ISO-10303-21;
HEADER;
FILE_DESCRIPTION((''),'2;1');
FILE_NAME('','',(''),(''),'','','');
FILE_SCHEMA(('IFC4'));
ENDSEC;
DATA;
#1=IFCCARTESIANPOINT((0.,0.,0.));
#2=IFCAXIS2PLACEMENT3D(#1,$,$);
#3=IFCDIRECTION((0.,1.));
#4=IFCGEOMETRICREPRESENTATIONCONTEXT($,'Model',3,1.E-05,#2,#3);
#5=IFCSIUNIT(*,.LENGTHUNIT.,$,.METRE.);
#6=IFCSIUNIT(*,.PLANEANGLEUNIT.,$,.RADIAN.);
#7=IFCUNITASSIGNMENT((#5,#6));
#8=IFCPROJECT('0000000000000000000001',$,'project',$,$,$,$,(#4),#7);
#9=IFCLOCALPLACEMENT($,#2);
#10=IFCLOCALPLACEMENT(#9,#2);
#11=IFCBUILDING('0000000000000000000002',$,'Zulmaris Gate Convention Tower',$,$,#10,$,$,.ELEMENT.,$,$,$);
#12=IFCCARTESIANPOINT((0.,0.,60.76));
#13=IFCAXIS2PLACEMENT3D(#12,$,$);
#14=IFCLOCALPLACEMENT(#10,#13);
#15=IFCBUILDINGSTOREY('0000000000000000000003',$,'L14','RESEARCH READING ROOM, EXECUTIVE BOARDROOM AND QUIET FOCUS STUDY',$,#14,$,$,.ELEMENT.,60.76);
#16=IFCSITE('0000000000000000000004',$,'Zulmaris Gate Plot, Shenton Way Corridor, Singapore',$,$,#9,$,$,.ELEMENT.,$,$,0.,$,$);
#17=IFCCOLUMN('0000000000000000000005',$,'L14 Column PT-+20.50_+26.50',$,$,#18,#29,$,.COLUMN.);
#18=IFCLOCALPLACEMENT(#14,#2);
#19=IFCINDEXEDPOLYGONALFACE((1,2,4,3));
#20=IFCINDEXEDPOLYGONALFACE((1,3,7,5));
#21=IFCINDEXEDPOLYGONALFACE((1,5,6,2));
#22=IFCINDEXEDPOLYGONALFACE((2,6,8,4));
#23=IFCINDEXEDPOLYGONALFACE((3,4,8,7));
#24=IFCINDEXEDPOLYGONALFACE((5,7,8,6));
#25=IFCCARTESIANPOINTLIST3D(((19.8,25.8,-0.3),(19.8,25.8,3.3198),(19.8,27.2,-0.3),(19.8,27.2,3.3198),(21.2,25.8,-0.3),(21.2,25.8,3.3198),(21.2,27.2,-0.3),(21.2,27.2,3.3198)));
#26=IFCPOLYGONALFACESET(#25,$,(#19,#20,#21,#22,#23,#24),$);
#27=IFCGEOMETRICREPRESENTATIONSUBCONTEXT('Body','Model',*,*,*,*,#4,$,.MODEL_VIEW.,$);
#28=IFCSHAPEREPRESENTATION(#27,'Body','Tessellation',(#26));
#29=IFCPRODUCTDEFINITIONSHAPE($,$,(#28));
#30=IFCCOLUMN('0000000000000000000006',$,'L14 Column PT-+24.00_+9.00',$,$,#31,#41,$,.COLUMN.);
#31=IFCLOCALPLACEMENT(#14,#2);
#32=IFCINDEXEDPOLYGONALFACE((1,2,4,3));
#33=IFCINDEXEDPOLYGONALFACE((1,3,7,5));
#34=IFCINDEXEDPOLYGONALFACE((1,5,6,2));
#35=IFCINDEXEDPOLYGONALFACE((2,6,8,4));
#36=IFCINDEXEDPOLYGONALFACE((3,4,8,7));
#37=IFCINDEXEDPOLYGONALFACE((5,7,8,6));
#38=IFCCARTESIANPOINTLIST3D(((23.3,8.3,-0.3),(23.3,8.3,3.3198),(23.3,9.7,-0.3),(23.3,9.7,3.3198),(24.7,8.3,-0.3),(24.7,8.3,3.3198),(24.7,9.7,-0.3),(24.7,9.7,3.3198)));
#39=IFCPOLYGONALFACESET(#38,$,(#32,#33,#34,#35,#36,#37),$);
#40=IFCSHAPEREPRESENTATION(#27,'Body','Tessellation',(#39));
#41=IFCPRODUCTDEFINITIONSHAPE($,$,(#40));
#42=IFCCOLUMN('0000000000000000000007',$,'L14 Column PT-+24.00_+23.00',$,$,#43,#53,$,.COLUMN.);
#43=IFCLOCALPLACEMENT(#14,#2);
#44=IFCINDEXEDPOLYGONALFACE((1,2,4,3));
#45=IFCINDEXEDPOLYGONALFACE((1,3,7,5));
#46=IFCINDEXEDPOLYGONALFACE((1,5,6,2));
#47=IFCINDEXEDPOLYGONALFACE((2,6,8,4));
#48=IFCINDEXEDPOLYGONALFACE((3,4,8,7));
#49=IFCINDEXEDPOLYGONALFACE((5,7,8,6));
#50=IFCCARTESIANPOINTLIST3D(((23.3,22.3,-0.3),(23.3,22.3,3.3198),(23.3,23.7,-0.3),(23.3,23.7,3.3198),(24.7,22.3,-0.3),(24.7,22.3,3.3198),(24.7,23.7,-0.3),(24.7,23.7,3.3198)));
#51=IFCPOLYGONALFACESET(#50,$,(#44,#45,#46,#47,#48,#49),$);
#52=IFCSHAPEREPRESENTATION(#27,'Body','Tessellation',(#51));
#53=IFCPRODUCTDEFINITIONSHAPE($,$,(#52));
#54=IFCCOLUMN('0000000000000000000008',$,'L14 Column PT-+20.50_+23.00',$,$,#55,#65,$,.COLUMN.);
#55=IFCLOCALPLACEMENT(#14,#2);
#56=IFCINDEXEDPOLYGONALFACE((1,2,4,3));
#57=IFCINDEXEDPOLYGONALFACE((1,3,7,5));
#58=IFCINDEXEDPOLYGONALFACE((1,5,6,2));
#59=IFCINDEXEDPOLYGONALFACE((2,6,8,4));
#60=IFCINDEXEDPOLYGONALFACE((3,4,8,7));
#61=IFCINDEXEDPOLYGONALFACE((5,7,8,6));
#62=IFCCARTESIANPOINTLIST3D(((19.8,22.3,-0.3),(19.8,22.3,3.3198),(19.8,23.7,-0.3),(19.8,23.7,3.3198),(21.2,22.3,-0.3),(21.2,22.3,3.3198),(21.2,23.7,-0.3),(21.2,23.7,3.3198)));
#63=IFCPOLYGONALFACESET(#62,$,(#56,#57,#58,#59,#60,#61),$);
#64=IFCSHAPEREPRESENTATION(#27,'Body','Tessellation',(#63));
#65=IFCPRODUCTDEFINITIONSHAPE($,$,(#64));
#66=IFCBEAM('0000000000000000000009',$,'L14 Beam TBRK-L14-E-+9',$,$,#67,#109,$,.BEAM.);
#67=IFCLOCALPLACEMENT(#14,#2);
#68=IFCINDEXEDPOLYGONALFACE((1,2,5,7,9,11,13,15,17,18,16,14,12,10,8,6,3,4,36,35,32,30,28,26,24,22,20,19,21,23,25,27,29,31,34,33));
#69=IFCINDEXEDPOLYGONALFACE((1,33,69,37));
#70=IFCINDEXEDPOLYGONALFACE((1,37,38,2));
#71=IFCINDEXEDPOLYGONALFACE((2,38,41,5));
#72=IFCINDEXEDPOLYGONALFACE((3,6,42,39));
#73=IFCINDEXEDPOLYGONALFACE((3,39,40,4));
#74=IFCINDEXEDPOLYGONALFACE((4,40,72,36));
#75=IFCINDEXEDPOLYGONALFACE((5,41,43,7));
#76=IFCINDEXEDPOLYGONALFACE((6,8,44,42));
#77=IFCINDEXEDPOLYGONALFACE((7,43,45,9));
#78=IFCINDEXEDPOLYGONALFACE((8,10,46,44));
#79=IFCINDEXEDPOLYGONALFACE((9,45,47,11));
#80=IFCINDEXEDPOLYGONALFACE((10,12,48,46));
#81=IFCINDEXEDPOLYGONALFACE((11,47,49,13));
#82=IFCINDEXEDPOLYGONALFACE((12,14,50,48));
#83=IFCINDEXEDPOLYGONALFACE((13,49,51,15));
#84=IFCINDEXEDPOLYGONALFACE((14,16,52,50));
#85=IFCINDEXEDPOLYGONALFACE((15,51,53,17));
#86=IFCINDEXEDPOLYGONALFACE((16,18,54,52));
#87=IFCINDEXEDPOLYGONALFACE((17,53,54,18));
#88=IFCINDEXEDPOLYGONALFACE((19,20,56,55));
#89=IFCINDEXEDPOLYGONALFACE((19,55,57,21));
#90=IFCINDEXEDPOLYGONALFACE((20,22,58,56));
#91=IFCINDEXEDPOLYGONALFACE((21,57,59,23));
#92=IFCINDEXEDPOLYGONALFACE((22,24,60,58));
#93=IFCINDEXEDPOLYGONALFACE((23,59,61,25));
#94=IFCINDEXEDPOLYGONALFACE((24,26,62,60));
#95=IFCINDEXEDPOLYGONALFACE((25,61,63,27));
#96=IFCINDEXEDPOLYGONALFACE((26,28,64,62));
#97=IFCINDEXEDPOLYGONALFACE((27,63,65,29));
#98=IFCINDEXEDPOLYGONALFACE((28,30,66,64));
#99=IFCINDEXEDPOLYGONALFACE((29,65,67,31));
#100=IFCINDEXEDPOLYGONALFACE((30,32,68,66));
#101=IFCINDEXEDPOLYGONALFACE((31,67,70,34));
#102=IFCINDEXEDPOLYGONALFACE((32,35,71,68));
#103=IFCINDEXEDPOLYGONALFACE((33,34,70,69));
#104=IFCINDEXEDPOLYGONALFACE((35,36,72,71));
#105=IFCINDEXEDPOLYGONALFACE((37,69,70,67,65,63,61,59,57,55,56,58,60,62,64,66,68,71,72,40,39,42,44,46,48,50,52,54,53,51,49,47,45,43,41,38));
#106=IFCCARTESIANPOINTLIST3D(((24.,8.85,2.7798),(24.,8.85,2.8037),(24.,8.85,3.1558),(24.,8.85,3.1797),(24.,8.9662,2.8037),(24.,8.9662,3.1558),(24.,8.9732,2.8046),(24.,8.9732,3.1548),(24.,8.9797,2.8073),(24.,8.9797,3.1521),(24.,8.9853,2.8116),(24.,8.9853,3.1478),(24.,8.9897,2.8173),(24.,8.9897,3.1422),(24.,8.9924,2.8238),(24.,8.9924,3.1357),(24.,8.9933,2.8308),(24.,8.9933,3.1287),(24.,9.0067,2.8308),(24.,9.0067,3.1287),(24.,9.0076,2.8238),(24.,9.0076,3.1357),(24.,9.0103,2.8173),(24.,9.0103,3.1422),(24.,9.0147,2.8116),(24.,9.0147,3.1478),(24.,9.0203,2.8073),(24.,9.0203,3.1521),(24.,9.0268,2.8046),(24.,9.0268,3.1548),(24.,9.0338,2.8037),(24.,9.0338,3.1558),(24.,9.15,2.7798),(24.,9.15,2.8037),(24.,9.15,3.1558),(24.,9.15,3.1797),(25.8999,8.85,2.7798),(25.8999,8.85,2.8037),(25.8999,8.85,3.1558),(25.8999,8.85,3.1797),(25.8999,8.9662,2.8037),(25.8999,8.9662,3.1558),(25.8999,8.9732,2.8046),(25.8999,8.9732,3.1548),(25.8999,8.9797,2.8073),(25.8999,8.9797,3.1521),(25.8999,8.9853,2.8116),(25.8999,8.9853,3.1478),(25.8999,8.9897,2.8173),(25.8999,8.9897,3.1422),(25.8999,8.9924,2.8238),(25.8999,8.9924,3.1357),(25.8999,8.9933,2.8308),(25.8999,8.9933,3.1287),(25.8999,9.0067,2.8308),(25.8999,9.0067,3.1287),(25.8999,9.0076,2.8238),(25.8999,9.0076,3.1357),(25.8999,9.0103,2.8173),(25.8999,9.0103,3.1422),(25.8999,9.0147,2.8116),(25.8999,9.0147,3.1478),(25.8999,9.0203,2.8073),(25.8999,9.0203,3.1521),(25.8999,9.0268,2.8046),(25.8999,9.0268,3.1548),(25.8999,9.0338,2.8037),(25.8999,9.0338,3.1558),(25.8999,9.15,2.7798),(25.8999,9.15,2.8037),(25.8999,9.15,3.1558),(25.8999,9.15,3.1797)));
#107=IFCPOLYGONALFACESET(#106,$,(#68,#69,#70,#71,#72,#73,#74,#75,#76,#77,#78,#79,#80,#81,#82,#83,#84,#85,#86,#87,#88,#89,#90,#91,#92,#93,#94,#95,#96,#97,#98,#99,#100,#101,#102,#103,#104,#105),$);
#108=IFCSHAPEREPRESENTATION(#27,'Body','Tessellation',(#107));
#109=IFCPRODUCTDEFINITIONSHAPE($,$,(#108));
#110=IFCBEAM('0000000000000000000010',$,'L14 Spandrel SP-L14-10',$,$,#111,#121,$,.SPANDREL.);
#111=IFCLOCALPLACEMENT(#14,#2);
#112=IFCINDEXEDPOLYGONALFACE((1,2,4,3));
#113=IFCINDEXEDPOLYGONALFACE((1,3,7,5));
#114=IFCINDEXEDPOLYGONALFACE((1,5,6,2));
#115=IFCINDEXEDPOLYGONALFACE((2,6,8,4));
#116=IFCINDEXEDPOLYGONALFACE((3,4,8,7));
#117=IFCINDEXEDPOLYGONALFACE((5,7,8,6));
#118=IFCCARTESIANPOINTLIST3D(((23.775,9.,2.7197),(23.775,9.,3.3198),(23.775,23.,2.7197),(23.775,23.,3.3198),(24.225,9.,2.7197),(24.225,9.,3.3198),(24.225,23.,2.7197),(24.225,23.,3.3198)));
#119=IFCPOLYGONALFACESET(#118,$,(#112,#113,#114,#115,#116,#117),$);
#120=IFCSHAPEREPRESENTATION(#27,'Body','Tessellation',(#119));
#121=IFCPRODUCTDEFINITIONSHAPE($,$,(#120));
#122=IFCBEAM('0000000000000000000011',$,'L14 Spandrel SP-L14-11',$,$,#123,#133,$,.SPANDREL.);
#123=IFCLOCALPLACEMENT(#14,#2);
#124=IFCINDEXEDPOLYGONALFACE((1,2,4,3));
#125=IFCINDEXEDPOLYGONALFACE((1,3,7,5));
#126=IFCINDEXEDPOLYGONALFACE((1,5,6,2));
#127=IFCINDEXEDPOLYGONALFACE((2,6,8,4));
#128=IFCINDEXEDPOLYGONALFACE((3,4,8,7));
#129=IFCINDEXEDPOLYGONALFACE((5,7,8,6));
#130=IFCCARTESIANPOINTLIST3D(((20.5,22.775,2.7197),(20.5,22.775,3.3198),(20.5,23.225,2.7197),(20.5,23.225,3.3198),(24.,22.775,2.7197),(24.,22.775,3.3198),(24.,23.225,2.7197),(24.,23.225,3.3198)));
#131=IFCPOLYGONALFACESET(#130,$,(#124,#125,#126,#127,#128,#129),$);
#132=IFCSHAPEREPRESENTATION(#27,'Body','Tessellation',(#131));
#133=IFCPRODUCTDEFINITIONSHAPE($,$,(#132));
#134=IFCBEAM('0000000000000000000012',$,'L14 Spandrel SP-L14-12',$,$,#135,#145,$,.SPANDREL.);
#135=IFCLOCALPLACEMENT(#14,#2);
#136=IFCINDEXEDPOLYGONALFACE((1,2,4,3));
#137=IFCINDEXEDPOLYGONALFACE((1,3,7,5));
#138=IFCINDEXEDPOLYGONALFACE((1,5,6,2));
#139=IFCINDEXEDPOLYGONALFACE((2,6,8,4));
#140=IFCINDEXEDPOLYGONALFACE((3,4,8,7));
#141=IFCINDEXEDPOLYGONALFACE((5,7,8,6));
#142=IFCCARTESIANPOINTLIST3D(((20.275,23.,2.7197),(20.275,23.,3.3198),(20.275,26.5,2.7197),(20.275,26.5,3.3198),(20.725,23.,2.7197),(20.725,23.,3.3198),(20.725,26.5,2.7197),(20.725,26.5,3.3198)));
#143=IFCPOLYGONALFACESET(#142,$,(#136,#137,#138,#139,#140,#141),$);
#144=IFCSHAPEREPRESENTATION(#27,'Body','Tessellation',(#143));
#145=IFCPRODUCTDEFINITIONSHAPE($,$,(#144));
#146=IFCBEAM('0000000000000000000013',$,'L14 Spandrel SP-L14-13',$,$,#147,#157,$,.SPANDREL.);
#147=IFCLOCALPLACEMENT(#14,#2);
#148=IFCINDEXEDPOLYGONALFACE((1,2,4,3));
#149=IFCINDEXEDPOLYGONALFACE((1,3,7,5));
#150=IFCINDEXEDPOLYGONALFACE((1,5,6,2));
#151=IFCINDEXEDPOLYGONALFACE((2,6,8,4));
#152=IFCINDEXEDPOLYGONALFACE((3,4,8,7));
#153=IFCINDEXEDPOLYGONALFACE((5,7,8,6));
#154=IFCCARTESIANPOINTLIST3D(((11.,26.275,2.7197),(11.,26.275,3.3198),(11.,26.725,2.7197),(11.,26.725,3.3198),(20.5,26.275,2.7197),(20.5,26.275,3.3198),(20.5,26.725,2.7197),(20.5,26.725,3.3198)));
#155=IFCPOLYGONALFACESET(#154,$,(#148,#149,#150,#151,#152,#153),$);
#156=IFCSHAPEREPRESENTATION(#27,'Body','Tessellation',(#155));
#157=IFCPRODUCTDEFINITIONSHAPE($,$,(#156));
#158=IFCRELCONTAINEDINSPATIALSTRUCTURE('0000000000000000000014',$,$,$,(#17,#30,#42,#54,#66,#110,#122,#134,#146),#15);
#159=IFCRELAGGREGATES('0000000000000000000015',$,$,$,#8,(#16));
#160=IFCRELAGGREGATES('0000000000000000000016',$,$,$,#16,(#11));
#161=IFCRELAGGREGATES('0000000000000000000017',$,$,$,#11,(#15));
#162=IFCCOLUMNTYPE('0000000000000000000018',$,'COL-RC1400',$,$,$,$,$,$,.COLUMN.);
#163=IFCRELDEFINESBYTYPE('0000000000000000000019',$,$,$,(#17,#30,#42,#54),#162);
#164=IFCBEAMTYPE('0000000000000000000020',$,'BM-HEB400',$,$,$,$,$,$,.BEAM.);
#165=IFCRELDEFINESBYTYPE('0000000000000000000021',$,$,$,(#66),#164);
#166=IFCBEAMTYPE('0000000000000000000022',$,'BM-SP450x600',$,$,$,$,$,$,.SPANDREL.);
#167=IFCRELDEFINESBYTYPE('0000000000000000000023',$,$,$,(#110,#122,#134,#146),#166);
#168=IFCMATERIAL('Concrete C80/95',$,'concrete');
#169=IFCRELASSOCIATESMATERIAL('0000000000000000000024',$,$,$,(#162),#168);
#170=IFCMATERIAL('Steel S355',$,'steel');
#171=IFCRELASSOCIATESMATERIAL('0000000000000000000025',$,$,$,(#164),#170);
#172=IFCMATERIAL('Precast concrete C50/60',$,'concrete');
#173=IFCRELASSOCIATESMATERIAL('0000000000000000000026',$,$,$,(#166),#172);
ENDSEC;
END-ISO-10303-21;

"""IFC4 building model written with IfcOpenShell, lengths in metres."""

from ifc_helpers import new_model, si_unit, direction, frame, origin, origin_2d, place, context, subcontext, project, spatial, rectangle, i_section, extrude, material, material_profile, profile_set, type_object, element, save


model = new_model("IFC4")

# Units and contexts
model_context = context("Model", 3, precision=1e-05, world=origin(), true_north=direction((0.0, 1.0)))
body_context = subcontext(model_context, "Body", "Model", "MODEL_VIEW")
ifc_project = project(units=[si_unit("LENGTHUNIT", "METRE"), si_unit("PLANEANGLEUNIT", "RADIAN")], contexts=[model_context])

# Site, building, storey
site_placement = place(None, origin())
site = spatial("IfcSite", under=ifc_project, at=site_placement, Name="Zulmaris Gate Plot, Shenton Way Corridor, Singapore", CompositionType="ELEMENT", RefElevation=0.0)
building_placement = place(site_placement, origin())
building = spatial("IfcBuilding", under=site, at=building_placement, Name="Zulmaris Gate Convention Tower", CompositionType="ELEMENT")
storey_placement = place(building_placement, frame((0.0, 0.0, 60.76)))
storey = spatial("IfcBuildingStorey", under=building, at=storey_placement, Name="L14", Description="RESEARCH READING ROOM, EXECUTIVE BOARDROOM AND QUIET FOCUS STUDY", CompositionType="ELEMENT", Elevation=60.76)

# Columns
ifc_material_1 = material(Name="Concrete C80/95", Category="concrete")
ifc_material_profile_1 = material_profile(ifc_material_1, rectangle(XDim=1.3999, YDim=1.3999, at=origin_2d()), Name="RC COL 1400x1400")
ifc_profile_set_1 = profile_set([ifc_material_profile_1], Name="Concrete C80/95")
column_type = type_object("IfcColumnType", Name="COL-RC1400", PredefinedType="COLUMN", material=ifc_profile_set_1)
for number, where, z_axis, x_axis, name in (
    (1, (20.5, 26.5, -0.3), (0.0, 0.0, 1.0), (1.0, 0.0, 0.0), "L14 Column PT-+20.50_+26.50"),
    (2, (24.0, 9.0, -0.3), (0.0, 0.0, 1.0), (1.0, 0.0, 0.0), "L14 Column PT-+24.00_+9.00"),
    (3, (24.0, 23.0, -0.3), (0.0, 0.0, 1.0), (1.0, 0.0, 0.0), "L14 Column PT-+24.00_+23.00"),
    (4, (20.5, 23.0, -0.3), (0.0, 0.0, 1.0), (1.0, 0.0, 0.0), "L14 Column PT-+20.50_+23.00"),
):
    element("IfcColumn", number, at=place(storey_placement, frame(where, z_axis=z_axis, x_axis=x_axis)), inside=storey, type_object=column_type, Name=name, PredefinedType="COLUMN", context=body_context, shape_type="SweptSolid", body=[
        extrude(rectangle(XDim=1.3999, YDim=1.3999, at=origin_2d()), origin(), (0.0, 0.0, 1.0), 3.6199),
    ])

# Beams
ifc_material_2 = material(Name="Steel S355", Category="steel")
ifc_material_profile_2 = material_profile(ifc_material_2, i_section(OverallWidth=0.3, OverallDepth=0.3999, WebThickness=0.0134, FlangeThickness=0.0239, FilletRadius=0.0271, at=origin_2d()), Name="HEB 400")
ifc_profile_set_2 = profile_set([ifc_material_profile_2], Name="Steel S355")
beam_type_1 = type_object("IfcBeamType", Name="BM-HEB400", PredefinedType="BEAM", material=ifc_profile_set_2)
beam_1_placement = place(storey_placement, frame((24.0, 9.0, 2.9797), z_axis=(1.0, 0.0, 0.0), x_axis=(0.0, 1.0, 0.0)))
element("IfcBeam", 5, at=beam_1_placement, inside=storey, type_object=beam_type_1, Name="L14 Beam TBRK-L14-E-+9", PredefinedType="BEAM", context=body_context, shape_type="SweptSolid", body=[
    extrude(i_section(OverallWidth=0.3, OverallDepth=0.3999, WebThickness=0.0134, FlangeThickness=0.0239, FilletRadius=0.0271, at=origin_2d()), origin(), (0.0, 0.0, 1.0), 1.8999),
])
ifc_material_3 = material(Name="Precast concrete C50/60", Category="concrete")
ifc_material_profile_3 = material_profile(ifc_material_3, rectangle(XDim=0.45, YDim=0.6001, at=origin_2d()), Name="RC SPANDREL 450x600")
ifc_profile_set_3 = profile_set([ifc_material_profile_3], Name="Precast concrete C50/60")
beam_type_2 = type_object("IfcBeamType", Name="BM-SP450x600", PredefinedType="SPANDREL", material=ifc_profile_set_3)
beam_2_placement = place(storey_placement, frame((24.0, 9.0, 3.0198), z_axis=(0.0, 1.0, 0.0), x_axis=(-1.0, 0.0, 0.0)))
element("IfcBeam", 6, at=beam_2_placement, inside=storey, type_object=beam_type_2, Name="L14 Spandrel SP-L14-10", PredefinedType="SPANDREL", context=body_context, shape_type="SweptSolid", body=[
    extrude(rectangle(XDim=0.45, YDim=0.6001, at=origin_2d()), origin(), (0.0, 0.0, 1.0), 14.0),
])
for number, where, z_axis, x_axis, name in (
    (7, (24.0, 23.0, 3.0198), (-1.0, 0.0, 0.0), (0.0, -1.0, 0.0), "L14 Spandrel SP-L14-11"),
    (8, (20.5, 23.0, 3.0198), (0.0, 1.0, 0.0), (-1.0, 0.0, 0.0), "L14 Spandrel SP-L14-12"),
):
    element("IfcBeam", number, at=place(storey_placement, frame(where, z_axis=z_axis, x_axis=x_axis)), inside=storey, type_object=beam_type_2, Name=name, PredefinedType="SPANDREL", context=body_context, shape_type="SweptSolid", body=[
        extrude(rectangle(XDim=0.45, YDim=0.6001, at=origin_2d()), origin(), (0.0, 0.0, 1.0), 3.5),
    ])
beam_3_placement = place(storey_placement, frame((20.5, 26.5, 3.0198), z_axis=(-1.0, 0.0, 0.0), x_axis=(0.0, -1.0, 0.0)))
element("IfcBeam", 9, at=beam_3_placement, inside=storey, type_object=beam_type_2, Name="L14 Spandrel SP-L14-13", PredefinedType="SPANDREL", context=body_context, shape_type="SweptSolid", body=[
    extrude(rectangle(XDim=0.45, YDim=0.6001, at=origin_2d()), origin(), (0.0, 0.0, 1.0), 9.5),
])

save(model, "model.ifc")
